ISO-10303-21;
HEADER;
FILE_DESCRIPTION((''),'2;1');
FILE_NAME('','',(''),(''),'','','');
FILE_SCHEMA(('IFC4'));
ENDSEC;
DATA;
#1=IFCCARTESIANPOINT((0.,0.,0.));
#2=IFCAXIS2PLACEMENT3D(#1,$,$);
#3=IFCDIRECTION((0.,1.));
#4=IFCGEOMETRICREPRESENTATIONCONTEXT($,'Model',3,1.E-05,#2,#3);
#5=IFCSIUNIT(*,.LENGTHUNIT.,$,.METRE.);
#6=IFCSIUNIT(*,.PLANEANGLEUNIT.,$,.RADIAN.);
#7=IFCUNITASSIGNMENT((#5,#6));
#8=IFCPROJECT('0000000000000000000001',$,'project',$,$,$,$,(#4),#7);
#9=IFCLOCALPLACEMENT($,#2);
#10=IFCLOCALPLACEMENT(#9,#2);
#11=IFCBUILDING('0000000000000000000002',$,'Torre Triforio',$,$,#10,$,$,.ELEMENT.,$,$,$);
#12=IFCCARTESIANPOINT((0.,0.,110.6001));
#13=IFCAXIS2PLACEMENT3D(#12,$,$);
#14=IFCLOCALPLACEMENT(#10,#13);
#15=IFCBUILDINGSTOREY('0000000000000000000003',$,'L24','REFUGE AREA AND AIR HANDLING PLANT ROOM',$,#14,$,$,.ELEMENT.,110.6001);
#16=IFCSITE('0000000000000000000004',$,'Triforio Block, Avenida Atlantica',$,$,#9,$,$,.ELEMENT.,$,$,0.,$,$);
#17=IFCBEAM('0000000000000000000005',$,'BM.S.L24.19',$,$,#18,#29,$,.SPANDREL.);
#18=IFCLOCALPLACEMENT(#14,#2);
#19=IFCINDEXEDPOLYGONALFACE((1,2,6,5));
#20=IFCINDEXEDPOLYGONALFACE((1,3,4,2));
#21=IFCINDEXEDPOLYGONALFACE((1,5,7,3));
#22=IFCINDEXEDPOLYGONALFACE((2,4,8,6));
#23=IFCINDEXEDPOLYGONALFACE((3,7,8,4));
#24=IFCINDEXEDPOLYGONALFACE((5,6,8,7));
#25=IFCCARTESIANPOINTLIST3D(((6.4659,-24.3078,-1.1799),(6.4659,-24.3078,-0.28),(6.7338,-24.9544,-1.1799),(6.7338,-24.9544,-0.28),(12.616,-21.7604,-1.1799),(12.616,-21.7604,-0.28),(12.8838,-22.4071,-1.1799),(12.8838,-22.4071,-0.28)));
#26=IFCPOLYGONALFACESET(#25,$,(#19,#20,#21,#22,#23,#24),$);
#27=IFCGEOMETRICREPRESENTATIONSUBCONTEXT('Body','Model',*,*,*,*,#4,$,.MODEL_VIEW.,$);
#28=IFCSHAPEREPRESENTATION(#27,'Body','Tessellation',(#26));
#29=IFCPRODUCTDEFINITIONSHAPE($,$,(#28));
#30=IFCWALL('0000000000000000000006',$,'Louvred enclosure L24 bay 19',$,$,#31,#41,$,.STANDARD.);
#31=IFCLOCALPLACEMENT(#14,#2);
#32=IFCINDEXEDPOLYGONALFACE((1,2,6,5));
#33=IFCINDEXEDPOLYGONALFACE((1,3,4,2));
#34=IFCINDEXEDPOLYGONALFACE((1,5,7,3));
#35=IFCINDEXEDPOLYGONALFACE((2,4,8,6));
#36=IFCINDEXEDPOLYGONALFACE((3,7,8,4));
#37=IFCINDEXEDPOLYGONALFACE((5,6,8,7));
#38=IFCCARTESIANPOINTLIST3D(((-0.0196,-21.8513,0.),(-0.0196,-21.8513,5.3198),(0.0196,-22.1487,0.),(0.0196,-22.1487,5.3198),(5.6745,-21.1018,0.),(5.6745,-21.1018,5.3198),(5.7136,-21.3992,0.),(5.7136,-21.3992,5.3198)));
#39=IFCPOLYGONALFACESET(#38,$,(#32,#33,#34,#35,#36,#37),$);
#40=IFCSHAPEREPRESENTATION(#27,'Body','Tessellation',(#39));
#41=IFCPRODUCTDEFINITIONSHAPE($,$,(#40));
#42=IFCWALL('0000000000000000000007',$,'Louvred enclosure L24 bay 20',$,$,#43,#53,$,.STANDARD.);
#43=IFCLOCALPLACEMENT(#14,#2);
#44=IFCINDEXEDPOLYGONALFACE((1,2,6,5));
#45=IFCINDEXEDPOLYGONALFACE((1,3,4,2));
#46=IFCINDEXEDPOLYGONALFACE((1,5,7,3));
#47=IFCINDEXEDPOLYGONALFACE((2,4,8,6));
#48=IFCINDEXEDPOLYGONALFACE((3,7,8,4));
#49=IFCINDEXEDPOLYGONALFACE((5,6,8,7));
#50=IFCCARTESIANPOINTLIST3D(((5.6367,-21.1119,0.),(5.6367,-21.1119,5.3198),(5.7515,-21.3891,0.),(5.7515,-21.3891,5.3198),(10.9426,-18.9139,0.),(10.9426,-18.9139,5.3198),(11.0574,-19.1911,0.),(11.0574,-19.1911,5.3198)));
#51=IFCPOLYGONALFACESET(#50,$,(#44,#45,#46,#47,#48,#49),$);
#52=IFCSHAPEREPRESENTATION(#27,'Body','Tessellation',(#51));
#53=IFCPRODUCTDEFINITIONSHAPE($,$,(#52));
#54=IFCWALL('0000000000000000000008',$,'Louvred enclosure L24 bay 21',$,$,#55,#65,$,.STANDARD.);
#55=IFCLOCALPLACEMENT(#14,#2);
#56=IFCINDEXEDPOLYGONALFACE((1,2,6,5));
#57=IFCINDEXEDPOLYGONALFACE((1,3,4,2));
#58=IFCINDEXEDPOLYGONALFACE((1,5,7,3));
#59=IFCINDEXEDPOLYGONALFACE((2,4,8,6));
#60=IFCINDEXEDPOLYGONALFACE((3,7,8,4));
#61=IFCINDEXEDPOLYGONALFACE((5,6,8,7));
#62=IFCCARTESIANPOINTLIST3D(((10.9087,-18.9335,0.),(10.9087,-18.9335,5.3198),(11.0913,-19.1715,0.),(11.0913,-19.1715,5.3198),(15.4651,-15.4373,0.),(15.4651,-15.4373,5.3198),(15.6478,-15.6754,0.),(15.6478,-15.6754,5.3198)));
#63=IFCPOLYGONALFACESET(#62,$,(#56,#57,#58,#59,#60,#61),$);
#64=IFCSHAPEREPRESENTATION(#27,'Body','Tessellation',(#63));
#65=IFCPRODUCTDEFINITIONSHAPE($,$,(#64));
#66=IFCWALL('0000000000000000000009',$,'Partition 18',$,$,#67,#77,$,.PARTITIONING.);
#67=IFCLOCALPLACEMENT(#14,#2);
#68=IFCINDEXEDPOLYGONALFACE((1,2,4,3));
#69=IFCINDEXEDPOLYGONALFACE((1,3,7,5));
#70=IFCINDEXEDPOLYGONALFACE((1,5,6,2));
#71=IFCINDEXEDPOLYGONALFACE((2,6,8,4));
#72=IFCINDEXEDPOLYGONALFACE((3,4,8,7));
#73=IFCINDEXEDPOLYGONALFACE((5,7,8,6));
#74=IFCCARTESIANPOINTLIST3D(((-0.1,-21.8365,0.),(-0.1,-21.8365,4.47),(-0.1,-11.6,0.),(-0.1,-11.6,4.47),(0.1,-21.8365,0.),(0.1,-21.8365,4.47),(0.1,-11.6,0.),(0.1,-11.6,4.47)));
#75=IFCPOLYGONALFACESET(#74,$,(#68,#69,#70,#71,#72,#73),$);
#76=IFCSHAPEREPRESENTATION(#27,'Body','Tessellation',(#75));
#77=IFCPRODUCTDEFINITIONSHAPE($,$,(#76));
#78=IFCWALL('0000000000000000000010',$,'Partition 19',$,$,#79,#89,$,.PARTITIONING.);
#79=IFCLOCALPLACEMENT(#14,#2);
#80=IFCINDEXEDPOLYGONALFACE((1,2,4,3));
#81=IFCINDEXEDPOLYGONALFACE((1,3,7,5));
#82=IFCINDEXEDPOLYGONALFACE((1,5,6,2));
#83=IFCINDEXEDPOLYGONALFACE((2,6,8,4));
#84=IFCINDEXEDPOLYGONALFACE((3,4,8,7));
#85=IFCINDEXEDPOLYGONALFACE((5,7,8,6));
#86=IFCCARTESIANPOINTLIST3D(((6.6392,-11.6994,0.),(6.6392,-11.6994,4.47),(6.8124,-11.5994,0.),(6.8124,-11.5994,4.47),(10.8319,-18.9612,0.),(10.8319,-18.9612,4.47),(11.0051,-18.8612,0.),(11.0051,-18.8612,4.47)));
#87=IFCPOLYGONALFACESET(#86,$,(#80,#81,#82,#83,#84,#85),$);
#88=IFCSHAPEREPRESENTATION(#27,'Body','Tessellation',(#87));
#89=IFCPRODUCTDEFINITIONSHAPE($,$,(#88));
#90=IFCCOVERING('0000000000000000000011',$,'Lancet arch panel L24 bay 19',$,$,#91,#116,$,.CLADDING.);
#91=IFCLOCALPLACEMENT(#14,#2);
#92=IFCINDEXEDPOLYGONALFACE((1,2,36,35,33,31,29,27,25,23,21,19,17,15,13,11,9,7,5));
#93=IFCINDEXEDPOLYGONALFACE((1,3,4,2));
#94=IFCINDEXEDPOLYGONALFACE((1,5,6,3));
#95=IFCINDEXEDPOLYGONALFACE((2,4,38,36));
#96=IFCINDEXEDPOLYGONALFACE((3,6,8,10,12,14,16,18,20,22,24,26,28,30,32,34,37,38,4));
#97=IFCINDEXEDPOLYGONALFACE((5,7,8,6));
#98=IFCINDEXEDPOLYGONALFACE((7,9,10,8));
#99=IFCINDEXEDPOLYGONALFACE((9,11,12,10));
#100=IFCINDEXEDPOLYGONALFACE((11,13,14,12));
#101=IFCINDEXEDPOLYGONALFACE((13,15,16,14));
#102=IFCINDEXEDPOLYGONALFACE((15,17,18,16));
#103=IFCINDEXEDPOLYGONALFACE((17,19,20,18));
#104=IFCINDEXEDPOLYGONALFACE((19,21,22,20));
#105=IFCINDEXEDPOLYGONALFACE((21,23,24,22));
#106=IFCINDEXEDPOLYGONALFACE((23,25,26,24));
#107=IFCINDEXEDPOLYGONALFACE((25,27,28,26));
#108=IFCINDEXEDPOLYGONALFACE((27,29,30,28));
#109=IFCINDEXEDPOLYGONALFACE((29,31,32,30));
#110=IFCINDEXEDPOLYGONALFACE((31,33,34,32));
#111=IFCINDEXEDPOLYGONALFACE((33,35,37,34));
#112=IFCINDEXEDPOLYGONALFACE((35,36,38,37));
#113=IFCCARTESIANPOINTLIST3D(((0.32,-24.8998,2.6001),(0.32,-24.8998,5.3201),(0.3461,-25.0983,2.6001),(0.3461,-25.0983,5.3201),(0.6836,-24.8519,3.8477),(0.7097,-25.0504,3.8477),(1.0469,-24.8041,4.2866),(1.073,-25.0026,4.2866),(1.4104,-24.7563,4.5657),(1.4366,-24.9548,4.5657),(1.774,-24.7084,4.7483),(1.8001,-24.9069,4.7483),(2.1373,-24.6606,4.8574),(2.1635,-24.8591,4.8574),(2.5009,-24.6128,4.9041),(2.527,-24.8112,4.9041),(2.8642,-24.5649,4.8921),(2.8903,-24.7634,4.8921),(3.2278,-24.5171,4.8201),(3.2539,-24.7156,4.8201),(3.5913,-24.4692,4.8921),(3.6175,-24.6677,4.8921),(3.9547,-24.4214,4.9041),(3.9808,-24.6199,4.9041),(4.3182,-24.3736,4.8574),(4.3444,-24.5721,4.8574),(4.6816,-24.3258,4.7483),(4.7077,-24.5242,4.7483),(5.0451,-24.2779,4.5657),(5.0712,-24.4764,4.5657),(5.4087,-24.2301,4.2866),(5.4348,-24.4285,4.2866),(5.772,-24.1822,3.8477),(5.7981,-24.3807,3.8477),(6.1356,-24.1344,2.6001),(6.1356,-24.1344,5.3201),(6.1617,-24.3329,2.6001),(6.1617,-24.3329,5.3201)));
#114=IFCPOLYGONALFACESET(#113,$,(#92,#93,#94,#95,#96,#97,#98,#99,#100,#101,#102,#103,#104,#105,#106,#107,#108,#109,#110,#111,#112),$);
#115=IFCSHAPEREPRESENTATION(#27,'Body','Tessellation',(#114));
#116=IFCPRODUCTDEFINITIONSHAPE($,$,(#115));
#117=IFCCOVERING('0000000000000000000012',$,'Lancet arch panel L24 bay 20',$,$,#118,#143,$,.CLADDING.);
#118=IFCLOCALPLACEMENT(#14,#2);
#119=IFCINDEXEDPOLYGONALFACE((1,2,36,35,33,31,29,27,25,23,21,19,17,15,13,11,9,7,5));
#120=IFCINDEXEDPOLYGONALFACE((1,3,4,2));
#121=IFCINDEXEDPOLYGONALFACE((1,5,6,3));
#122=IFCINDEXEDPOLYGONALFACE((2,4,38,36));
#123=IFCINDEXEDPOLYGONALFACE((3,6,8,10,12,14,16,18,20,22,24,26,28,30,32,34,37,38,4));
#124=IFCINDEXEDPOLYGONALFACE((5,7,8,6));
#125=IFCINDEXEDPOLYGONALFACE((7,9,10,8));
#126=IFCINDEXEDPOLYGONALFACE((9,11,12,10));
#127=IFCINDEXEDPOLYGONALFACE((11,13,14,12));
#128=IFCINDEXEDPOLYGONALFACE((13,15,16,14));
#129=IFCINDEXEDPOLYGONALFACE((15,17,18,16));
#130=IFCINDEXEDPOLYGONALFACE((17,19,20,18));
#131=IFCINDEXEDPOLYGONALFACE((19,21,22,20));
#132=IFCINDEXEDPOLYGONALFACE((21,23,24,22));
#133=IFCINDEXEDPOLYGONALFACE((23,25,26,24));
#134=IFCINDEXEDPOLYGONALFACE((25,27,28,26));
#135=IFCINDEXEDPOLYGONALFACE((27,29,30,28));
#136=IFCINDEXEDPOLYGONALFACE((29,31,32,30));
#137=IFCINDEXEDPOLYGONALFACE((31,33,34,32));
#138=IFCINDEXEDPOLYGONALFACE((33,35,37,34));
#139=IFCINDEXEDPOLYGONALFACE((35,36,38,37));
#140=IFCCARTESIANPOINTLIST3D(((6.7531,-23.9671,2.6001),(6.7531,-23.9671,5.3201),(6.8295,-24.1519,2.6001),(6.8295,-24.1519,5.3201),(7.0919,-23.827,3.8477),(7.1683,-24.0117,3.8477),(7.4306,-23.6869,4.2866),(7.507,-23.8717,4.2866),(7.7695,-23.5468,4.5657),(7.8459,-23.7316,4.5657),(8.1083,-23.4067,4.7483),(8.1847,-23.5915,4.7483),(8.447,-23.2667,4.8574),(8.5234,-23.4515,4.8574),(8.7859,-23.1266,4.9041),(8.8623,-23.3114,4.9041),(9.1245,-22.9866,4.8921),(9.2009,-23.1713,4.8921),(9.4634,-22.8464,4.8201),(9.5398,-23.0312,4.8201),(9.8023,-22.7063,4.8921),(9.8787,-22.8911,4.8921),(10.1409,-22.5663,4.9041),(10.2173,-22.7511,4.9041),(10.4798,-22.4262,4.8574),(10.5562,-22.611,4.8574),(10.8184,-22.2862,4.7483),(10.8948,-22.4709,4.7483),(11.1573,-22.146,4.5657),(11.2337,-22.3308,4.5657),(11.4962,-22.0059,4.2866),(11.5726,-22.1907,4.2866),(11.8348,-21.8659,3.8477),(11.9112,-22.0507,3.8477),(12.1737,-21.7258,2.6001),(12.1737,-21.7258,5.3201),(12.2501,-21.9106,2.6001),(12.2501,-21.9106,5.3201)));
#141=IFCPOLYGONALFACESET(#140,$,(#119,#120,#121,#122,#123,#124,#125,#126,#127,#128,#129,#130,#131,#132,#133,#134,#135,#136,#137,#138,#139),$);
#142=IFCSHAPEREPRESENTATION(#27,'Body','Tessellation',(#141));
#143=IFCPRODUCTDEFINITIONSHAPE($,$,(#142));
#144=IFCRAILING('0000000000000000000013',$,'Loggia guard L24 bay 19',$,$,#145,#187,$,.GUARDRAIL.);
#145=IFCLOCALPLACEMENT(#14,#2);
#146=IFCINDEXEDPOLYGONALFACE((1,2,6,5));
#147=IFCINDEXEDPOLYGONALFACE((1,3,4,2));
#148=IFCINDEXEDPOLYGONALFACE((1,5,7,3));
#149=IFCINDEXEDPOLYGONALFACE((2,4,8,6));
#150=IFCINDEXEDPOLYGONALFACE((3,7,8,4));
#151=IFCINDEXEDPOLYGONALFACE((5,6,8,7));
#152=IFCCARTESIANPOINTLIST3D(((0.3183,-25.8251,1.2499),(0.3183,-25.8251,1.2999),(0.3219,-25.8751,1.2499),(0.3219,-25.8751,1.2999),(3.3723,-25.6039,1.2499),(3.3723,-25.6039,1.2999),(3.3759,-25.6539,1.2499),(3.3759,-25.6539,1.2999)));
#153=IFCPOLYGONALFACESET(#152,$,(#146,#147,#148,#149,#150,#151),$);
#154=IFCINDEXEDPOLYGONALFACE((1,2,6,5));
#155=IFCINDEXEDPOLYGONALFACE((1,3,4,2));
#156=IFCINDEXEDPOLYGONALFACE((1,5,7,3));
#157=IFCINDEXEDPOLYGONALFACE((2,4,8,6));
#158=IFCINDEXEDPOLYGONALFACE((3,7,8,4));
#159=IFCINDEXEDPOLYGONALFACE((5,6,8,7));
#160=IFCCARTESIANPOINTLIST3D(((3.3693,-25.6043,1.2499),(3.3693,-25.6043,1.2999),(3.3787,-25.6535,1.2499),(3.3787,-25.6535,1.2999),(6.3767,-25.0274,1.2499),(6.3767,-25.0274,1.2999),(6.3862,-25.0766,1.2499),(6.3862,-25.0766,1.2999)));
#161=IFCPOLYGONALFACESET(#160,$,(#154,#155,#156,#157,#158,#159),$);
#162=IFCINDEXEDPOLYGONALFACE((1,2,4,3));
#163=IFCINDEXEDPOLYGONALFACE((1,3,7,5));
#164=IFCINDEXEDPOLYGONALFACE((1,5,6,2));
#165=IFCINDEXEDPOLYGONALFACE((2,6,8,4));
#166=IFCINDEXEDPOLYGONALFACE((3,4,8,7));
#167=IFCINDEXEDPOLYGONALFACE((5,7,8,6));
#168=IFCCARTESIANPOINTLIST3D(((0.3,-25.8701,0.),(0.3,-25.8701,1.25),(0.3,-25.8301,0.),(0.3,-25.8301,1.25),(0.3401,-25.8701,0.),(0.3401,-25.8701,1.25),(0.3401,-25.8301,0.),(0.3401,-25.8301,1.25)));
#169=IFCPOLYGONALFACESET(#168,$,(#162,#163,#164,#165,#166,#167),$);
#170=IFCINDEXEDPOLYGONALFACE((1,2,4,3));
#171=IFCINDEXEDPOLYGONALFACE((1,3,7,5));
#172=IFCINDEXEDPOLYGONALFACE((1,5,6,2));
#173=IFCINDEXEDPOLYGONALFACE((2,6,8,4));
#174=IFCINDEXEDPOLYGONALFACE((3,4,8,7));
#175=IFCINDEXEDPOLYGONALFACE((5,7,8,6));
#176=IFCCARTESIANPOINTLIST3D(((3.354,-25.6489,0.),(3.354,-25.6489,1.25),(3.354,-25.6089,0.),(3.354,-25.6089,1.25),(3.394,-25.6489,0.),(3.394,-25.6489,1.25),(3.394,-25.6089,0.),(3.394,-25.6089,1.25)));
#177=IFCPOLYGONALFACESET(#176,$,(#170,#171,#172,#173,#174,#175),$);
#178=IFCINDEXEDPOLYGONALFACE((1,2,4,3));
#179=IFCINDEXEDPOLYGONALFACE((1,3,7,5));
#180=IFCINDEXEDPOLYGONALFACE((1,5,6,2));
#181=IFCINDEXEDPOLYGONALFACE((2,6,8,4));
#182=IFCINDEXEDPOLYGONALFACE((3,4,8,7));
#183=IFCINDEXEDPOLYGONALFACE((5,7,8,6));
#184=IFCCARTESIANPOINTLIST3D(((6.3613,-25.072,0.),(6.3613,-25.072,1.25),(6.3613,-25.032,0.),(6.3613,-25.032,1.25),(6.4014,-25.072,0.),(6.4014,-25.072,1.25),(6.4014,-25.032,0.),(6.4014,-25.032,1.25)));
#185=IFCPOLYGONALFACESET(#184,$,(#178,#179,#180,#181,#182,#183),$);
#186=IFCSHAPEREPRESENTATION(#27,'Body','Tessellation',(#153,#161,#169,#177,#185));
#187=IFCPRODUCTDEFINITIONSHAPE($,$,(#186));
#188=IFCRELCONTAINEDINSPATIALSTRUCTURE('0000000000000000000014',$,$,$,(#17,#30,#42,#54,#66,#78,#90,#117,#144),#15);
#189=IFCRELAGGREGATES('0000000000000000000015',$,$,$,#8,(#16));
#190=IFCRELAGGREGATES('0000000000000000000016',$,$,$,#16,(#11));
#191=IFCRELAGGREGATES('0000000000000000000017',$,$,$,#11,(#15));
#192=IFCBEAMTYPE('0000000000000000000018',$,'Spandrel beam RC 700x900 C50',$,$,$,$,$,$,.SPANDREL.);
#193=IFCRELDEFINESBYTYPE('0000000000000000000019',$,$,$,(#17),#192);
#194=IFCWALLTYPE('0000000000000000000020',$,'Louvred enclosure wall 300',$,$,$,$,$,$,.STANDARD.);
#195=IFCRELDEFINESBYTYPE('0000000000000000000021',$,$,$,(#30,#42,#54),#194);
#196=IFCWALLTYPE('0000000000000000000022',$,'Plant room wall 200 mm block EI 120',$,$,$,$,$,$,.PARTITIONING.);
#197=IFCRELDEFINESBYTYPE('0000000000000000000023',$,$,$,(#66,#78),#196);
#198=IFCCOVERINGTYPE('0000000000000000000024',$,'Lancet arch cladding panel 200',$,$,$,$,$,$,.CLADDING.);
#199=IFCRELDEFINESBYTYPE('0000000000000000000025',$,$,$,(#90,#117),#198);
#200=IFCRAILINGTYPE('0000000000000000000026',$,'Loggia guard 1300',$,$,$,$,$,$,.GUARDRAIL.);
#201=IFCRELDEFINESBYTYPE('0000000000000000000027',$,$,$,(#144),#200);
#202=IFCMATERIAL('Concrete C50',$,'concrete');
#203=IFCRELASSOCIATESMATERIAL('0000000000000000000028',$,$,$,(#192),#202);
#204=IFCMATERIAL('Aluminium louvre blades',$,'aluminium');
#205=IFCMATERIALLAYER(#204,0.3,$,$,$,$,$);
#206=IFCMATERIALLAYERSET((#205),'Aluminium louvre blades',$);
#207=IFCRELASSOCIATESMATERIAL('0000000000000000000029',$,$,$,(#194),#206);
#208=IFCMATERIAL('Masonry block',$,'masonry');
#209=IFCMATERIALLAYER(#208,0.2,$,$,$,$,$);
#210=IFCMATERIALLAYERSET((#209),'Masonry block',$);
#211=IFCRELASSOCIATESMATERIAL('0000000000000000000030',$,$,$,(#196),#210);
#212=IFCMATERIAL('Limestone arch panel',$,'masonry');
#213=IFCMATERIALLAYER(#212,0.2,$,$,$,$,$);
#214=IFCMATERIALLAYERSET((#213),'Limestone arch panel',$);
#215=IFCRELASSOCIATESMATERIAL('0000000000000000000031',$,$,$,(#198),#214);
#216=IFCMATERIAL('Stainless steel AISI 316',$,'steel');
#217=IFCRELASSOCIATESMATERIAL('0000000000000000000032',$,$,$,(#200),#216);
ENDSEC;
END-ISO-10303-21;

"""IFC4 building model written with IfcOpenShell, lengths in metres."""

from ifc_helpers import new_model, si_unit, direction, frame, frame_2d, origin, origin_2d, place, context, subcontext, project, spatial, polyline, rectangle, outline, extrude, material, layer, layer_set, material_profile, profile_set, type_object, element, save


model = new_model("IFC4")

# Units and contexts
model_context = context("Model", 3, precision=1e-05, world=origin(), true_north=direction((0.0, 1.0)))
body_context = subcontext(model_context, "Body", "Model", "MODEL_VIEW")
ifc_project = project(units=[si_unit("LENGTHUNIT", "METRE"), si_unit("PLANEANGLEUNIT", "RADIAN")], contexts=[model_context])

# Site, building, storey
site_placement = place(None, origin())
site = spatial("IfcSite", under=ifc_project, at=site_placement, Name="Triforio Block, Avenida Atlantica", CompositionType="ELEMENT", RefElevation=0.0)
building_placement = place(site_placement, origin())
building = spatial("IfcBuilding", under=site, at=building_placement, Name="Torre Triforio", CompositionType="ELEMENT")
storey_placement = place(building_placement, frame((0.0, 0.0, 110.6001)))
storey = spatial("IfcBuildingStorey", under=building, at=storey_placement, Name="L24", Description="REFUGE AREA AND AIR HANDLING PLANT ROOM", CompositionType="ELEMENT", Elevation=110.6001)

# Beam
ifc_material_1 = material(Name="Concrete C50", Category="concrete")
ifc_material_profile_1 = material_profile(ifc_material_1, rectangle(XDim=0.7, YDim=0.8999, at=origin_2d()), Name="RC 700x900")
ifc_profile_set_1 = profile_set([ifc_material_profile_1], Name="Concrete C50")
beam_type = type_object("IfcBeamType", Name="Spandrel beam RC 700x900 C50", PredefinedType="SPANDREL", material=ifc_profile_set_1)
for number, where, z_axis, x_axis, name in (
    (1, (6.5999, -24.6311, -0.73), (0.923885, 0.382669, 0.0), (-0.382669, 0.923885, 0.0), "BM.S.L24.19"),
):
    element("IfcBeam", number, at=place(storey_placement, frame(where, z_axis=z_axis, x_axis=x_axis)), inside=storey, type_object=beam_type, Name=name, PredefinedType="SPANDREL", context=body_context, shape_type="SweptSolid", body=[
        extrude(rectangle(XDim=0.7, YDim=0.8999, at=origin_2d()), origin(), (0.0, 0.0, 1.0), 6.6567),
    ])

# Walls
ifc_material_2 = material(Name="Aluminium louvre blades", Category="aluminium")
ifc_layer_1 = layer(ifc_material_2, 0.3)
ifc_layer_set_1 = layer_set([ifc_layer_1], Name="Aluminium louvre blades")
wall_type_1 = type_object("IfcWallType", Name="Louvred enclosure wall 300", PredefinedType="STANDARD", material=ifc_layer_set_1)
for number, where, z_axis, x_axis, name in (
    (2, (0.0, -22.0, 0.0), (0.0, 0.0, 1.0), (0.991448, 0.130504, 0.0), "Louvred enclosure L24 bay 19"),
    (3, (5.6941, -21.2505, 0.0), (0.0, 0.0, 1.0), (0.923866, 0.382716, 0.0), "Louvred enclosure L24 bay 20"),
    (4, (11.0, -19.0525, 0.0), (0.0, 0.0, 1.0), (0.793366, 0.608745, 0.0), "Louvred enclosure L24 bay 21"),
):
    element("IfcWall", number, at=place(storey_placement, frame(where, z_axis=z_axis, x_axis=x_axis)), inside=storey, type_object=wall_type_1, Name=name, PredefinedType="STANDARD", context=body_context, shape_type="SweptSolid", body=[
        extrude(rectangle(XDim=5.7432, YDim=0.3, at=frame_2d((2.8716, 0.0))), origin(), (0.0, 0.0, 1.0), 5.3198),
    ])
ifc_material_3 = material(Name="Masonry block", Category="masonry")
ifc_layer_2 = layer(ifc_material_3, 0.2)
ifc_layer_set_2 = layer_set([ifc_layer_2], Name="Masonry block")
wall_type_2 = type_object("IfcWallType", Name="Plant room wall 200 mm block EI 120", PredefinedType="PARTITIONING", material=ifc_layer_set_2)
wall_1_placement = place(storey_placement, frame((0.0, -11.6001, 0.0), z_axis=(0.0, 0.0, 1.0), x_axis=(0.0, -1.0, 0.0)))
element("IfcWall", 5, at=wall_1_placement, inside=storey, type_object=wall_type_2, Name="Partition 18", PredefinedType="PARTITIONING", context=body_context, shape_type="SweptSolid", body=[
    extrude(rectangle(XDim=10.2366, YDim=0.2, at=frame_2d((5.1182, 0.0))), origin(), (0.0, 0.0, 1.0), 4.47),
])
wall_2_placement = place(storey_placement, frame((6.7258, -11.6494, 0.0), z_axis=(0.0, 0.0, 1.0), x_axis=(0.500006, -0.866022, 0.0)))
element("IfcWall", 6, at=wall_2_placement, inside=storey, type_object=wall_type_2, Name="Partition 19", PredefinedType="PARTITIONING", context=body_context, shape_type="SweptSolid", body=[
    extrude(rectangle(XDim=8.3853, YDim=0.2, at=frame_2d((4.1926, 0.0))), origin(), (0.0, 0.0, 1.0), 4.47),
])

# Coverings
ifc_material_4 = material(Name="Limestone arch panel", Category="masonry")
ifc_layer_3 = layer(ifc_material_4, 0.2)
ifc_layer_set_3 = layer_set([ifc_layer_3], Name="Limestone arch panel")
covering_type_1 = type_object("IfcCoveringType", Name="Lancet arch cladding panel 200", PredefinedType="CLADDING", material=ifc_layer_set_3)
covering_1_placement = place(storey_placement, frame((3.2278, -24.5171, 0.0), z_axis=(0.130486, -0.99145, 0.0), x_axis=(0.99145, 0.130486, 0.0)))
element("IfcCovering", 7, at=covering_1_placement, inside=storey, type_object=covering_type_1, Name="Lancet arch panel L24 bay 19", PredefinedType="CLADDING", context=body_context, shape_type="SweptSolid", body=[
    extrude(outline(polyline([(-2.9329, 5.3201), (-2.9329, 2.6001), (-2.5662, 3.8477), (-2.1997, 4.2866), (-1.833, 4.5657), (-1.4663, 4.7483), (-1.0999, 4.8574), (-0.7332, 4.9041), (-0.3667, 4.8921), (0.0, 4.8201), (0.3667, 4.8921), (0.7332, 4.9041), (1.0999, 4.8574), (1.4663, 4.7483), (1.833, 4.5657), (2.1997, 4.2866), (2.5662, 3.8477), (2.9329, 2.6001), (2.9329, 5.3201), (-2.9329, 5.3201)])), origin(), (0.0, 0.0, 1.0), 0.2002),
])
covering_2_placement = place(storey_placement, frame((9.4634, -22.8464, 0.0), z_axis=(0.3821, -0.924121, 0.0), x_axis=(0.924121, 0.3821, 0.0)))
element("IfcCovering", 8, at=covering_2_placement, inside=storey, type_object=covering_type_1, Name="Lancet arch panel L24 bay 20", PredefinedType="CLADDING", context=body_context, shape_type="SweptSolid", body=[
    extrude(outline(polyline([(-2.9329, 5.3201), (-2.9329, 2.6001), (-2.5662, 3.8477), (-2.1997, 4.2866), (-1.833, 4.5657), (-1.4663, 4.7483), (-1.0999, 4.8574), (-0.7332, 4.9041), (-0.3667, 4.8921), (0.0, 4.8201), (0.3667, 4.8921), (0.7332, 4.9041), (1.0999, 4.8574), (1.4663, 4.7483), (1.833, 4.5657), (2.1997, 4.2866), (2.5662, 3.8477), (2.9329, 2.6001), (2.9329, 5.3201), (-2.9329, 5.3201)])), origin(), (0.0, 0.0, 1.0), 0.2),
])

# Railing
ifc_material_5 = material(Name="Stainless steel AISI 316", Category="steel")
railing_type = type_object("IfcRailingType", Name="Loggia guard 1300", PredefinedType="GUARDRAIL", material=ifc_material_5)
railing_1_placement = place(storey_placement, frame((0.3201, -25.8501, 0.0)))
element("IfcRailing", 9, at=railing_1_placement, inside=storey, type_object=railing_type, Name="Loggia guard L24 bay 19", PredefinedType="GUARDRAIL", context=body_context, shape_type="SweptSolid", body=[
    extrude(rectangle(XDim=0.05, YDim=0.05, at=origin_2d()), frame((0.0, 0.0, 1.2749), z_axis=(0.997387, 0.072239, 0.0), x_axis=(-0.072239, 0.997387, 0.0)), (0.0, 0.0, 1.0), 3.062),
    extrude(rectangle(XDim=0.05, YDim=0.05, at=origin_2d()), frame((3.054, 0.2212, 1.2749), z_axis=(0.982093, 0.188398, 0.0), x_axis=(-0.188398, 0.982093, 0.0)), (0.0, 0.0, 1.0), 3.0623),
    extrude(rectangle(XDim=0.04, YDim=0.04, at=origin_2d()), origin(), (0.0, 0.0, 1.0), 1.25),
    extrude(rectangle(XDim=0.04, YDim=0.04, at=origin_2d()), frame((3.054, 0.2212, 0.0)), (0.0, 0.0, 1.0), 1.25),
    extrude(rectangle(XDim=0.04, YDim=0.04, at=origin_2d()), frame((6.0613, 0.7981, 0.0)), (0.0, 0.0, 1.0), 1.25),
])

save(model, "model.ifc")
